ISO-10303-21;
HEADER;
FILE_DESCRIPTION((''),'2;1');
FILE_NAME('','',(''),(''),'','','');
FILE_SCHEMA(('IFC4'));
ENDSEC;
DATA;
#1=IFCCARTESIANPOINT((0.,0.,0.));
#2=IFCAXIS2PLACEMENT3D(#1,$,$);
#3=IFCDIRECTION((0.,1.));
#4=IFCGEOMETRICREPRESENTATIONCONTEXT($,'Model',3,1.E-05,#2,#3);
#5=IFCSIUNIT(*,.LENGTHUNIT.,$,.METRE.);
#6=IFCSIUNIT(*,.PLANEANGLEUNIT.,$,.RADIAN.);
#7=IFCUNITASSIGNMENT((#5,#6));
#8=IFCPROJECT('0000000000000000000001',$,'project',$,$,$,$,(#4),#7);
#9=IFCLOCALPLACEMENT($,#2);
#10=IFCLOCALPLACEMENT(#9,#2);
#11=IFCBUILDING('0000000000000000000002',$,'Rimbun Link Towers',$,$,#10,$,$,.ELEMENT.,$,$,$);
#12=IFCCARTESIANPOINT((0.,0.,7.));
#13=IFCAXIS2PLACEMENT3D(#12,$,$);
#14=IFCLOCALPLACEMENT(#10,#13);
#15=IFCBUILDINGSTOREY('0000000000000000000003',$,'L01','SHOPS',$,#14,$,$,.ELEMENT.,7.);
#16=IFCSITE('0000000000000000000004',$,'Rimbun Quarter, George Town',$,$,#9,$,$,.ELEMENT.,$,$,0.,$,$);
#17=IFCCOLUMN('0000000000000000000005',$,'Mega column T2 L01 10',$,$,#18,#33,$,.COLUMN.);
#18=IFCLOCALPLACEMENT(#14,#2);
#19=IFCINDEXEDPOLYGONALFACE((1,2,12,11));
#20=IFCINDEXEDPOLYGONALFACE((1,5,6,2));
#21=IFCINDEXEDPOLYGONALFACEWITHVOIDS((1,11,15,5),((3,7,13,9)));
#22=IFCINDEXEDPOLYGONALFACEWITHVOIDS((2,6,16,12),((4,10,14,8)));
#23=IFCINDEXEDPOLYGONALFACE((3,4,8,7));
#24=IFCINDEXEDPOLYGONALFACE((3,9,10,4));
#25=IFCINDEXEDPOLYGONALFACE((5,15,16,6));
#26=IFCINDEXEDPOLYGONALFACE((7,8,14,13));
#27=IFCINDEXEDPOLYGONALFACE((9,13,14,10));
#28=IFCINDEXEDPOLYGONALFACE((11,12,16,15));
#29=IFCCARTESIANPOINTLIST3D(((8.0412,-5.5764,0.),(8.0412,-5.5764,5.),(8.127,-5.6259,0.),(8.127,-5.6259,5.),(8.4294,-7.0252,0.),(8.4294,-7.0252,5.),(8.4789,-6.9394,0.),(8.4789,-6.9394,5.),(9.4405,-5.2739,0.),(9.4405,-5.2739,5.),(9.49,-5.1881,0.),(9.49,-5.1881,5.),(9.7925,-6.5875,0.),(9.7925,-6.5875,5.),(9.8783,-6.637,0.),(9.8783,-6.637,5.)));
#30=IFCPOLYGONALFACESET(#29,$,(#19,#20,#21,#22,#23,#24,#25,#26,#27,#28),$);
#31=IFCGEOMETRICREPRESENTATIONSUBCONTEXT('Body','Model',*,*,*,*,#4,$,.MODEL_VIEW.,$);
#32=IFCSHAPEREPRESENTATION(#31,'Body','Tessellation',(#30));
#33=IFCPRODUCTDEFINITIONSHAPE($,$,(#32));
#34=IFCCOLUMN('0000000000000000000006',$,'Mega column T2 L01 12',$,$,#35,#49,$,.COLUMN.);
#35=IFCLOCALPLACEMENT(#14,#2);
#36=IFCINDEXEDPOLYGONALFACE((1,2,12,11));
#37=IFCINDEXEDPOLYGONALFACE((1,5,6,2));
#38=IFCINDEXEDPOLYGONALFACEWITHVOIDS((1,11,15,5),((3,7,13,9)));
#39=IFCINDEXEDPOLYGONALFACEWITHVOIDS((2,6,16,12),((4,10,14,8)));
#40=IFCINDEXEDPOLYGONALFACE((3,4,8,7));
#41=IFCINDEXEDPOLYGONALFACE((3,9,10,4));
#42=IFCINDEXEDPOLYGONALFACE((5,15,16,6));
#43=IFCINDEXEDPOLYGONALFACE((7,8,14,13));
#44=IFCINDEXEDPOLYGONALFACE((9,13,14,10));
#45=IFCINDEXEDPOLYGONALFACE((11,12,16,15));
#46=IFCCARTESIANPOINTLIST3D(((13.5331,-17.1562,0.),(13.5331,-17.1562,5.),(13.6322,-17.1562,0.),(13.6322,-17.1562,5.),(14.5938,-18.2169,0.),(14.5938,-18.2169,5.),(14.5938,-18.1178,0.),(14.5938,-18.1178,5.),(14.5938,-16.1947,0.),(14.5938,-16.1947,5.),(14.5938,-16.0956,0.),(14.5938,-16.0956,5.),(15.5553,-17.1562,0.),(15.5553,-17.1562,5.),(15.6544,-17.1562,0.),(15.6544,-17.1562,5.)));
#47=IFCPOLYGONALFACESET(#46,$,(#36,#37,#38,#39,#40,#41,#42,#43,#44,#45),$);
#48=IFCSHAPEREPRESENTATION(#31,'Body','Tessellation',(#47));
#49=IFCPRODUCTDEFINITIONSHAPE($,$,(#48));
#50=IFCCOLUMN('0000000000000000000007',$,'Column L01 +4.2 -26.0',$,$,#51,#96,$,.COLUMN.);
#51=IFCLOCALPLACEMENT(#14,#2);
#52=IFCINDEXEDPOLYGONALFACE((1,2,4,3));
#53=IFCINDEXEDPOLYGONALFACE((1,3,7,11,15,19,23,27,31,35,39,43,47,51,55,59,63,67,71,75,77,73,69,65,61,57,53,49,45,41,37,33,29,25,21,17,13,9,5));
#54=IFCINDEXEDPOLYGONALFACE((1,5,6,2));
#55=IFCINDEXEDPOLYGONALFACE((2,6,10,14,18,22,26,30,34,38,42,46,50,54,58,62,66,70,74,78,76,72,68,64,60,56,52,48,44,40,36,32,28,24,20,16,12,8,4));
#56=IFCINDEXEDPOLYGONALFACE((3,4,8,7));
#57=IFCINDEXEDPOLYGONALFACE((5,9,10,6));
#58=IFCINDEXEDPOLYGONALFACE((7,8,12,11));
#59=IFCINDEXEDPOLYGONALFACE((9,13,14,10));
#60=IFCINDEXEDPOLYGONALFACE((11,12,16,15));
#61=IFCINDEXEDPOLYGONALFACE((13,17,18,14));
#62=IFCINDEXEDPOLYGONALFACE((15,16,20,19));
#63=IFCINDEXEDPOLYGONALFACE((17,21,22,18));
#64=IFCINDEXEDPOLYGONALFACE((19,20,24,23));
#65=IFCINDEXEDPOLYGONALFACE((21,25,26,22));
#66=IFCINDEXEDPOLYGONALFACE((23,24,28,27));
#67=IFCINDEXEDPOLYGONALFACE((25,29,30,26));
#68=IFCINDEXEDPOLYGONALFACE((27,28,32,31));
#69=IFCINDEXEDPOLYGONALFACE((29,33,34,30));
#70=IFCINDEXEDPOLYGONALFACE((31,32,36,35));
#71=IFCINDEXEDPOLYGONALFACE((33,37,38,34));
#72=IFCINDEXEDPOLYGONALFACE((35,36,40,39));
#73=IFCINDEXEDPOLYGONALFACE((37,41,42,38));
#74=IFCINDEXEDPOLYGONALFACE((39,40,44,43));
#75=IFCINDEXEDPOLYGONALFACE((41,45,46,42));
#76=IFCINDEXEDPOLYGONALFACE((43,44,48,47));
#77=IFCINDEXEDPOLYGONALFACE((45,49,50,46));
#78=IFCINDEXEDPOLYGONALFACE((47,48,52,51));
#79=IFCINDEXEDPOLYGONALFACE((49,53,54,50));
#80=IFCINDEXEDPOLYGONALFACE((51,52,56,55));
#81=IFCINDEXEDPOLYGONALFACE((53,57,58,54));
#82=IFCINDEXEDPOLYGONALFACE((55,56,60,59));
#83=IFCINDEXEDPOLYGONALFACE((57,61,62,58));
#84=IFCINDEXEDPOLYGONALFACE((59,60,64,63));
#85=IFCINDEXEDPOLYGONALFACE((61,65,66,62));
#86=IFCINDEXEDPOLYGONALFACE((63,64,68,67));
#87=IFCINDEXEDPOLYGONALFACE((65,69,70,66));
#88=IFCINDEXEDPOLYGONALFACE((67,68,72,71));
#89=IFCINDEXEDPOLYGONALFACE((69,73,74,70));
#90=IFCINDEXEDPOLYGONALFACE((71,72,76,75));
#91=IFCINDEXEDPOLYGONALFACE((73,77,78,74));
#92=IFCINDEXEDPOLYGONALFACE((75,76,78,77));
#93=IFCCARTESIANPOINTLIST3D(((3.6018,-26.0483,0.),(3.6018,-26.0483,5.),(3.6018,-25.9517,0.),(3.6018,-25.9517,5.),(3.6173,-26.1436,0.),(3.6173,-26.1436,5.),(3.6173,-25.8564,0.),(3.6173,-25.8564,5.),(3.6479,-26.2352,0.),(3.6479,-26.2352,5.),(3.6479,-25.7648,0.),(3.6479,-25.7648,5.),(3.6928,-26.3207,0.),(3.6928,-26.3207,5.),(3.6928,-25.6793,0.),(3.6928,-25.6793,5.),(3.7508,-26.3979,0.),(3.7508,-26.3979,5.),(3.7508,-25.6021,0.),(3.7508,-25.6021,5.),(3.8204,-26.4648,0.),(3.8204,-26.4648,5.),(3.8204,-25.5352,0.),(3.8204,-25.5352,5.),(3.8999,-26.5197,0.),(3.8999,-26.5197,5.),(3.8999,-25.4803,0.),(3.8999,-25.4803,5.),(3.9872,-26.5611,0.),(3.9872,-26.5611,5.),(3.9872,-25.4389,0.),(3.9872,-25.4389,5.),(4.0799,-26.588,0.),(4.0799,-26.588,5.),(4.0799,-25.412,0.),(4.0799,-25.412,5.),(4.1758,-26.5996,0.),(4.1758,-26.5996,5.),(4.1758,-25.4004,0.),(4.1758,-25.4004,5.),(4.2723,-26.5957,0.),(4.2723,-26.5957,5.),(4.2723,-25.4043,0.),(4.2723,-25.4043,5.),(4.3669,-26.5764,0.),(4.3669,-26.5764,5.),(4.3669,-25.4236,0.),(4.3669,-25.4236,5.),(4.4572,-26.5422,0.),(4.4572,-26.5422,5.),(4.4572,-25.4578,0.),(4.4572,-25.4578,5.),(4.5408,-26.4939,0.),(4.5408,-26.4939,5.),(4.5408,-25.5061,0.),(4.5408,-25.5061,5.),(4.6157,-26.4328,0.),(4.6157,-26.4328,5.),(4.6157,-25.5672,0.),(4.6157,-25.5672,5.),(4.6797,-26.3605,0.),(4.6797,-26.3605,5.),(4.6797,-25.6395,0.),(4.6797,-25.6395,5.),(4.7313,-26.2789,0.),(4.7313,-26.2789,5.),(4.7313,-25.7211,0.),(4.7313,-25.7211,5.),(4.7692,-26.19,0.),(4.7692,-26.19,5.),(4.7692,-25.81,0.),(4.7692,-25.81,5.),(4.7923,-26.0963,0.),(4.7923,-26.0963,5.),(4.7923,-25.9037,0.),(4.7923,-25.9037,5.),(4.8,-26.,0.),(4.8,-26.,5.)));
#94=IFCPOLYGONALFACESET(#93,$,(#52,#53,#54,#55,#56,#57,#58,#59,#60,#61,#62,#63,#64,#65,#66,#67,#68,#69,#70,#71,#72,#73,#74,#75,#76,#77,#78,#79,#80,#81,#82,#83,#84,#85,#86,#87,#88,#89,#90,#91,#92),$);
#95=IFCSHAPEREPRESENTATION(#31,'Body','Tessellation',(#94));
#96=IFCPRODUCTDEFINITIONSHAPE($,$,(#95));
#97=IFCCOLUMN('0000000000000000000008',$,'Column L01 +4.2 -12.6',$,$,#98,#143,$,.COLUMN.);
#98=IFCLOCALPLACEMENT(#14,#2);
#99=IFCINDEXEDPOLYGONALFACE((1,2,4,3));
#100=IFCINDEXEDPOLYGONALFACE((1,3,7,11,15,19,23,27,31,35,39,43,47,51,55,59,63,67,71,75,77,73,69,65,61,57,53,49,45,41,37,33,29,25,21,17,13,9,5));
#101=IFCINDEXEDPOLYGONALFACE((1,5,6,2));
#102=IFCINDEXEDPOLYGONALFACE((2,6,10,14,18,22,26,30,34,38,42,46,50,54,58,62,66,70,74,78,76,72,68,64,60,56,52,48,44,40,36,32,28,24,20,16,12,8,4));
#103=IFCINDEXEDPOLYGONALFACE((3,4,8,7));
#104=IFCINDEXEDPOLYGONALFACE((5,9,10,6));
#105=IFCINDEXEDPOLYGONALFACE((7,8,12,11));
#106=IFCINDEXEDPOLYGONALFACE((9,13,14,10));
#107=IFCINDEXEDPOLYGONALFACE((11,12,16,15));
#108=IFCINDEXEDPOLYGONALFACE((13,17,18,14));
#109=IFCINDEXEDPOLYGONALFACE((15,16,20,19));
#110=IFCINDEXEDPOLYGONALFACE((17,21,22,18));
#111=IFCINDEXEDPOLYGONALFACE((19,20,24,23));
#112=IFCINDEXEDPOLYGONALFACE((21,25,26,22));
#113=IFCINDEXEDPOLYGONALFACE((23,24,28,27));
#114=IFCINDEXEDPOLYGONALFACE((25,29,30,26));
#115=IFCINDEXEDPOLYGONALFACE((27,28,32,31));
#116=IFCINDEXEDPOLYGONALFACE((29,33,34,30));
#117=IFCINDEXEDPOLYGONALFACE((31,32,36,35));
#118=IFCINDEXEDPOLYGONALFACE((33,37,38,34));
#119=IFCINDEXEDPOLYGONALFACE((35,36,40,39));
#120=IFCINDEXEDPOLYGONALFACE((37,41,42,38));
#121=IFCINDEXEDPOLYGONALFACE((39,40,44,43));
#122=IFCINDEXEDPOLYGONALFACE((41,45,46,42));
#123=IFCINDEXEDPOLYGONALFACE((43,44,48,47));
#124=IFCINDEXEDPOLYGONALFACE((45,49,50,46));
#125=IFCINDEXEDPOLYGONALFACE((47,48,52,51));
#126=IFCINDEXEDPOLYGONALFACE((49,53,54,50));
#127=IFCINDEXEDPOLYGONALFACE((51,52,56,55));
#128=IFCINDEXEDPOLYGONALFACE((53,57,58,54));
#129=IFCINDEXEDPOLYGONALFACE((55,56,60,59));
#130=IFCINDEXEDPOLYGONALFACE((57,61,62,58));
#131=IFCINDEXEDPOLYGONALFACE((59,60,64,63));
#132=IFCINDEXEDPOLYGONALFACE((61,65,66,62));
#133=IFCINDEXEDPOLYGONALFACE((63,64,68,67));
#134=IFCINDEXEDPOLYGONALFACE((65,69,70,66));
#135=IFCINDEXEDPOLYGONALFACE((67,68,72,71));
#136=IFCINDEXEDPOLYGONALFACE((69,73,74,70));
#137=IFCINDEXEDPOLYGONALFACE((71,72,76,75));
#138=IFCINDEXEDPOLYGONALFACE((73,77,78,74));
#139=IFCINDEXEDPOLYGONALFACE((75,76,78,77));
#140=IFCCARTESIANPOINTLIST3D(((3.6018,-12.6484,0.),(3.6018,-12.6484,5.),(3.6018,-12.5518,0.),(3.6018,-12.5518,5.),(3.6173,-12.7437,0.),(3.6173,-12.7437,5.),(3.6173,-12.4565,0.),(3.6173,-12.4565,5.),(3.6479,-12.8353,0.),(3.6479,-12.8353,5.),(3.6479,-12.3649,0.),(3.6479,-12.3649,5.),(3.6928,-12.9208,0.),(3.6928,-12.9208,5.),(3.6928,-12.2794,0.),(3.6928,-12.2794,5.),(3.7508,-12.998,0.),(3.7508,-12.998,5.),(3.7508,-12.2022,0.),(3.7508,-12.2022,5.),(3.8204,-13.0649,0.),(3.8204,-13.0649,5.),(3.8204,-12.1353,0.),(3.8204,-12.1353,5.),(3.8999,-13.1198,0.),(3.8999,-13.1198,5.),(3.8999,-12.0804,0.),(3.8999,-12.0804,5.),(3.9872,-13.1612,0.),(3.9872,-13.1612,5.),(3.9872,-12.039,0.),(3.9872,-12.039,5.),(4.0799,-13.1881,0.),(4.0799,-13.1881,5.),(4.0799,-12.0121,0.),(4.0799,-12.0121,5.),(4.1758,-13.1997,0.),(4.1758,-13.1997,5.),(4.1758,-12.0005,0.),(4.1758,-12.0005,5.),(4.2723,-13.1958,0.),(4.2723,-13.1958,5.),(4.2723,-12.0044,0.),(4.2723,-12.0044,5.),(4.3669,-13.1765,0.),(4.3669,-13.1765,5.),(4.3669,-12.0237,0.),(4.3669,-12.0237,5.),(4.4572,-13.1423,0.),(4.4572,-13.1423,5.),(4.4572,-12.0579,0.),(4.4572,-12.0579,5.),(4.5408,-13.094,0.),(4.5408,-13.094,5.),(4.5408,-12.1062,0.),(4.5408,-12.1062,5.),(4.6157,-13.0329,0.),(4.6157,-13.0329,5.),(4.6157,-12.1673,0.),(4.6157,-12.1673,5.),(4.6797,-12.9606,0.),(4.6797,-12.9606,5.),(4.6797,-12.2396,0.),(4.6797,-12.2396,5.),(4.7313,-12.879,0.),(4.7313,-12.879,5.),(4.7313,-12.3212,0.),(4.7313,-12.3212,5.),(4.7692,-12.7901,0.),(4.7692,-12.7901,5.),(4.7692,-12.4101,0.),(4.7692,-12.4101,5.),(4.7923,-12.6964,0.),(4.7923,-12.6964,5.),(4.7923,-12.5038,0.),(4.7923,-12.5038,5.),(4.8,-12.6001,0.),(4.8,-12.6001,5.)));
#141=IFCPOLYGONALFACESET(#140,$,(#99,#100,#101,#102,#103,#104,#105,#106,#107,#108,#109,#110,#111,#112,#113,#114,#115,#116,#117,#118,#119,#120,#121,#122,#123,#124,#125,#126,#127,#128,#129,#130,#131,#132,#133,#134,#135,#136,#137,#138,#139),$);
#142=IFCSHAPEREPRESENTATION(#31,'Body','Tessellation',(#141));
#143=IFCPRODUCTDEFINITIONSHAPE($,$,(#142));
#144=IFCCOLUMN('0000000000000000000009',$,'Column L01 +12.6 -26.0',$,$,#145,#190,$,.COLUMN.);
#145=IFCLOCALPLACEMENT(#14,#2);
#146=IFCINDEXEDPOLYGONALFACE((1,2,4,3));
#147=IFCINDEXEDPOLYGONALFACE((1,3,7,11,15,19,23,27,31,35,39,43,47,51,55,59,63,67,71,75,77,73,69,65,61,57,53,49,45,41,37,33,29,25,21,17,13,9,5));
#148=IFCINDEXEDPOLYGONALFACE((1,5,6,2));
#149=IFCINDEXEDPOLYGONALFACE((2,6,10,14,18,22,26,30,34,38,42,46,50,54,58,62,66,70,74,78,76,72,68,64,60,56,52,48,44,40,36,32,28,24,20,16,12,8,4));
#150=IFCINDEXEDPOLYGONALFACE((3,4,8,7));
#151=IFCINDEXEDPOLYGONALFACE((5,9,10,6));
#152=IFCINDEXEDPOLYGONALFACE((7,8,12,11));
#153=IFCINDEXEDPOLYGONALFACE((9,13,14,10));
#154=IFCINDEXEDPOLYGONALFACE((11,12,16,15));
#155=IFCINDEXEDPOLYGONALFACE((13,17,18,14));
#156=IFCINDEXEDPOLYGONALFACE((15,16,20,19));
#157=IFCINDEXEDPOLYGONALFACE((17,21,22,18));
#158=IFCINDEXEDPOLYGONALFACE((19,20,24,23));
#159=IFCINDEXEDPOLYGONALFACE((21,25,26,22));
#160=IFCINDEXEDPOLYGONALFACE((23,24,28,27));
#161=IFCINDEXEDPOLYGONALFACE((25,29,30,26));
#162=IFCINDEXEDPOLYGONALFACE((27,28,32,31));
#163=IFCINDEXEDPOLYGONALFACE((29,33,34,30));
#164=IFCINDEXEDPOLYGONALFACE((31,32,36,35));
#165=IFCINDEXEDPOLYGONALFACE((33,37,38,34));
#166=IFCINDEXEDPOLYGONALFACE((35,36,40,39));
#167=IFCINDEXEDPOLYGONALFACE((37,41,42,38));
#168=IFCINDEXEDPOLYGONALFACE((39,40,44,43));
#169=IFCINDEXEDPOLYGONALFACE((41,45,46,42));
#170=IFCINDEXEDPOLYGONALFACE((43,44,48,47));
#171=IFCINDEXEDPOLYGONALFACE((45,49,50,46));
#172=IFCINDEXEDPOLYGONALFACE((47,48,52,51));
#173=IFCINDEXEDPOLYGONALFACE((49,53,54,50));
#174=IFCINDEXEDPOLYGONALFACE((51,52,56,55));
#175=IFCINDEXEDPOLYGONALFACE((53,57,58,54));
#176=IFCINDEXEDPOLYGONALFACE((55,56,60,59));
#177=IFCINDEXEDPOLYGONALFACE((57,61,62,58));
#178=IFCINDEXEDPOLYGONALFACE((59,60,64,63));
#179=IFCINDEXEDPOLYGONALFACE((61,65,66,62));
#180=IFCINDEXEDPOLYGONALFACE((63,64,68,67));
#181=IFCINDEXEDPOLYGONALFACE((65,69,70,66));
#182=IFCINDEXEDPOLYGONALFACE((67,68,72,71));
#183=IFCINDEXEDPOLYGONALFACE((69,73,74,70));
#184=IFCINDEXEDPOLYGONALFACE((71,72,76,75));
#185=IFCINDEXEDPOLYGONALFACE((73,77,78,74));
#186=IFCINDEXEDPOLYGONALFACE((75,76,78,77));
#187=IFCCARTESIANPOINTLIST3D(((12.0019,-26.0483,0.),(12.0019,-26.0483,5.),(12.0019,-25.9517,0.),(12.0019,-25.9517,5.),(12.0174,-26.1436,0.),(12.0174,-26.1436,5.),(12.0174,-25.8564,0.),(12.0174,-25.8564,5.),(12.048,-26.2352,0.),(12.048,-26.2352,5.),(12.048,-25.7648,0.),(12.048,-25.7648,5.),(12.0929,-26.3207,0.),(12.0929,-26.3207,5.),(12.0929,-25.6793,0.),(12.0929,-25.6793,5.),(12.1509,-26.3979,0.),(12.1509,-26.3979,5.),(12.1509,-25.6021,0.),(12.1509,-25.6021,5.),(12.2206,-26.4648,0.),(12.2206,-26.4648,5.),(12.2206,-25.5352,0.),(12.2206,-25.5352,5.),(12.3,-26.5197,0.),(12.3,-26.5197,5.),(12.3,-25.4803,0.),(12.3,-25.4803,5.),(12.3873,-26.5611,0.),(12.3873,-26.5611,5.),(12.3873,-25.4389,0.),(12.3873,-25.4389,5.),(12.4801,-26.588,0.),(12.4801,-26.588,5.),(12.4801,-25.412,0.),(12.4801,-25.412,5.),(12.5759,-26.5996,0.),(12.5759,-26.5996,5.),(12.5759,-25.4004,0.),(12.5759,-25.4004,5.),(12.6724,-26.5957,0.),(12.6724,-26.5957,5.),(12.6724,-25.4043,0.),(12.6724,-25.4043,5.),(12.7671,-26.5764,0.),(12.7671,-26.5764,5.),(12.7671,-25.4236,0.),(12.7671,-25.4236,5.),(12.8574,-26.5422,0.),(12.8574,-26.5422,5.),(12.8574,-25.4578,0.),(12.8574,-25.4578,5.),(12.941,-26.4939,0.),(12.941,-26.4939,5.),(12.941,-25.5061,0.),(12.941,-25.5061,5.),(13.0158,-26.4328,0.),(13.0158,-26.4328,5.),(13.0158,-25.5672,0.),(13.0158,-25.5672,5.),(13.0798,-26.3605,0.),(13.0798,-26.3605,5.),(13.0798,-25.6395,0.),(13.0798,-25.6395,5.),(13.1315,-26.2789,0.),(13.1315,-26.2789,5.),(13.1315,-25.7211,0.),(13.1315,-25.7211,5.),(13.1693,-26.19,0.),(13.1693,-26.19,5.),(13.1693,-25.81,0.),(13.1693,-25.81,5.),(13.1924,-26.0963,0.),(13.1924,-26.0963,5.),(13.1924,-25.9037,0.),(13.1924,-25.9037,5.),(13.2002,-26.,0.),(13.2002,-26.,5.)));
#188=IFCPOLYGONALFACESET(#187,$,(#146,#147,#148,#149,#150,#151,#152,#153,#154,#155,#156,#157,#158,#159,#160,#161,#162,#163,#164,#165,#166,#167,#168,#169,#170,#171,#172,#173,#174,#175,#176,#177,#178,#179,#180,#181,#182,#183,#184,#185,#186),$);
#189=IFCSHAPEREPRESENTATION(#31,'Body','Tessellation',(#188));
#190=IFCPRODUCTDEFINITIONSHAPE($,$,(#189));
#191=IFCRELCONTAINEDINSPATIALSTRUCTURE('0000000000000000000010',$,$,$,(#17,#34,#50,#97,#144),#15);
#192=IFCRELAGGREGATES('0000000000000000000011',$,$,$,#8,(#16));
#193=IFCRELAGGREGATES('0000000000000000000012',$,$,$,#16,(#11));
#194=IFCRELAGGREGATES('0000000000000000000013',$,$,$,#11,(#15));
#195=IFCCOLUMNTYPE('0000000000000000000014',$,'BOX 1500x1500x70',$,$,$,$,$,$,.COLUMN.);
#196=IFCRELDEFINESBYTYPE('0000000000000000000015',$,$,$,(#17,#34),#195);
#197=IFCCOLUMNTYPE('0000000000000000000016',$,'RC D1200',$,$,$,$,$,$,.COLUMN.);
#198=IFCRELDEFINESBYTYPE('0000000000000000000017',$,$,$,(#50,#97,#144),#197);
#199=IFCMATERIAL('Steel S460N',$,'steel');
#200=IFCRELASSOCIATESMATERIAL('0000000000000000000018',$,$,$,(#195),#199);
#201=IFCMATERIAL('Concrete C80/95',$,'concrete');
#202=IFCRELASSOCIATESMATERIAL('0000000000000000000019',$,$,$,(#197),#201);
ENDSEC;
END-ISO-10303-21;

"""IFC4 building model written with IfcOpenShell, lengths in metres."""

from ifc_helpers import new_model, si_unit, direction, frame, origin, origin_2d, place, context, subcontext, project, spatial, hollow_rectangle, circle, extrude, material, material_profile, profile_set, type_object, element, save


model = new_model("IFC4")

# Units and contexts
model_context = context("Model", 3, precision=1e-05, world=origin(), true_north=direction((0.0, 1.0)))
body_context = subcontext(model_context, "Body", "Model", "MODEL_VIEW")
ifc_project = project(units=[si_unit("LENGTHUNIT", "METRE"), si_unit("PLANEANGLEUNIT", "RADIAN")], contexts=[model_context])

# Site, building, storey
site_placement = place(None, origin())
site = spatial("IfcSite", under=ifc_project, at=site_placement, Name="Rimbun Quarter, George Town", CompositionType="ELEMENT", RefElevation=0.0)
building_placement = place(site_placement, origin())
building = spatial("IfcBuilding", under=site, at=building_placement, Name="Rimbun Link Towers", CompositionType="ELEMENT")
storey_placement = place(building_placement, frame((0.0, 0.0, 7.0)))
storey = spatial("IfcBuildingStorey", under=building, at=storey_placement, Name="L01", Description="SHOPS", CompositionType="ELEMENT", Elevation=7.0)

# Columns
ifc_material_1 = material(Name="Steel S460N", Category="steel")
ifc_material_profile_1 = material_profile(ifc_material_1, hollow_rectangle(XDim=1.5, YDim=1.5, WallThickness=0.0701, at=origin_2d()), Name="BOX 1500x1500x70")
ifc_profile_set_1 = profile_set([ifc_material_profile_1], Name="Steel S460N")
column_type_1 = type_object("IfcColumnType", Name="BOX 1500x1500x70", PredefinedType="COLUMN", material=ifc_profile_set_1)
for number, where, z_axis, x_axis, name in (
    (1, (8.9597, -6.1067, 0.0), (0.0, 0.0, 1.0), (-0.965926, -0.258819, 0.0), "Mega column T2 L01 10"),
    (2, (14.5938, -17.1562, 0.0), (0.0, 0.0, 1.0), (-0.707107, -0.707107, 0.0), "Mega column T2 L01 12"),
):
    element("IfcColumn", number, at=place(storey_placement, frame(where, z_axis=z_axis, x_axis=x_axis)), inside=storey, type_object=column_type_1, Name=name, PredefinedType="COLUMN", context=body_context, shape_type="SweptSolid", body=[
        extrude(hollow_rectangle(XDim=1.5, YDim=1.5, WallThickness=0.0701, at=origin_2d()), origin(), (0.0, 0.0, 1.0), 5.0),
    ])
ifc_material_2 = material(Name="Concrete C80/95", Category="concrete")
ifc_material_profile_2 = material_profile(ifc_material_2, circle(Radius=0.6001, at=origin_2d()), Name="RC D1200")
ifc_profile_set_2 = profile_set([ifc_material_profile_2], Name="Concrete C80/95")
column_type_2 = type_object("IfcColumnType", Name="RC D1200", PredefinedType="COLUMN", material=ifc_profile_set_2)
for number, where, z_axis, x_axis, name in (
    (3, (4.2, -26.0, 0.0), (0.0, 0.0, 1.0), (1.0, 0.0, 0.0), "Column L01 +4.2 -26.0"),
    (4, (4.2, -12.6001, 0.0), (0.0, 0.0, 1.0), (1.0, 0.0, 0.0), "Column L01 +4.2 -12.6"),
    (5, (12.6001, -26.0, 0.0), (0.0, 0.0, 1.0), (1.0, 0.0, 0.0), "Column L01 +12.6 -26.0"),
):
    element("IfcColumn", number, at=place(storey_placement, frame(where, z_axis=z_axis, x_axis=x_axis)), inside=storey, type_object=column_type_2, Name=name, PredefinedType="COLUMN", context=body_context, shape_type="SweptSolid", body=[
        extrude(circle(Radius=0.6001, at=origin_2d()), origin(), (0.0, 0.0, 1.0), 5.0),
    ])

save(model, "model.ifc")
